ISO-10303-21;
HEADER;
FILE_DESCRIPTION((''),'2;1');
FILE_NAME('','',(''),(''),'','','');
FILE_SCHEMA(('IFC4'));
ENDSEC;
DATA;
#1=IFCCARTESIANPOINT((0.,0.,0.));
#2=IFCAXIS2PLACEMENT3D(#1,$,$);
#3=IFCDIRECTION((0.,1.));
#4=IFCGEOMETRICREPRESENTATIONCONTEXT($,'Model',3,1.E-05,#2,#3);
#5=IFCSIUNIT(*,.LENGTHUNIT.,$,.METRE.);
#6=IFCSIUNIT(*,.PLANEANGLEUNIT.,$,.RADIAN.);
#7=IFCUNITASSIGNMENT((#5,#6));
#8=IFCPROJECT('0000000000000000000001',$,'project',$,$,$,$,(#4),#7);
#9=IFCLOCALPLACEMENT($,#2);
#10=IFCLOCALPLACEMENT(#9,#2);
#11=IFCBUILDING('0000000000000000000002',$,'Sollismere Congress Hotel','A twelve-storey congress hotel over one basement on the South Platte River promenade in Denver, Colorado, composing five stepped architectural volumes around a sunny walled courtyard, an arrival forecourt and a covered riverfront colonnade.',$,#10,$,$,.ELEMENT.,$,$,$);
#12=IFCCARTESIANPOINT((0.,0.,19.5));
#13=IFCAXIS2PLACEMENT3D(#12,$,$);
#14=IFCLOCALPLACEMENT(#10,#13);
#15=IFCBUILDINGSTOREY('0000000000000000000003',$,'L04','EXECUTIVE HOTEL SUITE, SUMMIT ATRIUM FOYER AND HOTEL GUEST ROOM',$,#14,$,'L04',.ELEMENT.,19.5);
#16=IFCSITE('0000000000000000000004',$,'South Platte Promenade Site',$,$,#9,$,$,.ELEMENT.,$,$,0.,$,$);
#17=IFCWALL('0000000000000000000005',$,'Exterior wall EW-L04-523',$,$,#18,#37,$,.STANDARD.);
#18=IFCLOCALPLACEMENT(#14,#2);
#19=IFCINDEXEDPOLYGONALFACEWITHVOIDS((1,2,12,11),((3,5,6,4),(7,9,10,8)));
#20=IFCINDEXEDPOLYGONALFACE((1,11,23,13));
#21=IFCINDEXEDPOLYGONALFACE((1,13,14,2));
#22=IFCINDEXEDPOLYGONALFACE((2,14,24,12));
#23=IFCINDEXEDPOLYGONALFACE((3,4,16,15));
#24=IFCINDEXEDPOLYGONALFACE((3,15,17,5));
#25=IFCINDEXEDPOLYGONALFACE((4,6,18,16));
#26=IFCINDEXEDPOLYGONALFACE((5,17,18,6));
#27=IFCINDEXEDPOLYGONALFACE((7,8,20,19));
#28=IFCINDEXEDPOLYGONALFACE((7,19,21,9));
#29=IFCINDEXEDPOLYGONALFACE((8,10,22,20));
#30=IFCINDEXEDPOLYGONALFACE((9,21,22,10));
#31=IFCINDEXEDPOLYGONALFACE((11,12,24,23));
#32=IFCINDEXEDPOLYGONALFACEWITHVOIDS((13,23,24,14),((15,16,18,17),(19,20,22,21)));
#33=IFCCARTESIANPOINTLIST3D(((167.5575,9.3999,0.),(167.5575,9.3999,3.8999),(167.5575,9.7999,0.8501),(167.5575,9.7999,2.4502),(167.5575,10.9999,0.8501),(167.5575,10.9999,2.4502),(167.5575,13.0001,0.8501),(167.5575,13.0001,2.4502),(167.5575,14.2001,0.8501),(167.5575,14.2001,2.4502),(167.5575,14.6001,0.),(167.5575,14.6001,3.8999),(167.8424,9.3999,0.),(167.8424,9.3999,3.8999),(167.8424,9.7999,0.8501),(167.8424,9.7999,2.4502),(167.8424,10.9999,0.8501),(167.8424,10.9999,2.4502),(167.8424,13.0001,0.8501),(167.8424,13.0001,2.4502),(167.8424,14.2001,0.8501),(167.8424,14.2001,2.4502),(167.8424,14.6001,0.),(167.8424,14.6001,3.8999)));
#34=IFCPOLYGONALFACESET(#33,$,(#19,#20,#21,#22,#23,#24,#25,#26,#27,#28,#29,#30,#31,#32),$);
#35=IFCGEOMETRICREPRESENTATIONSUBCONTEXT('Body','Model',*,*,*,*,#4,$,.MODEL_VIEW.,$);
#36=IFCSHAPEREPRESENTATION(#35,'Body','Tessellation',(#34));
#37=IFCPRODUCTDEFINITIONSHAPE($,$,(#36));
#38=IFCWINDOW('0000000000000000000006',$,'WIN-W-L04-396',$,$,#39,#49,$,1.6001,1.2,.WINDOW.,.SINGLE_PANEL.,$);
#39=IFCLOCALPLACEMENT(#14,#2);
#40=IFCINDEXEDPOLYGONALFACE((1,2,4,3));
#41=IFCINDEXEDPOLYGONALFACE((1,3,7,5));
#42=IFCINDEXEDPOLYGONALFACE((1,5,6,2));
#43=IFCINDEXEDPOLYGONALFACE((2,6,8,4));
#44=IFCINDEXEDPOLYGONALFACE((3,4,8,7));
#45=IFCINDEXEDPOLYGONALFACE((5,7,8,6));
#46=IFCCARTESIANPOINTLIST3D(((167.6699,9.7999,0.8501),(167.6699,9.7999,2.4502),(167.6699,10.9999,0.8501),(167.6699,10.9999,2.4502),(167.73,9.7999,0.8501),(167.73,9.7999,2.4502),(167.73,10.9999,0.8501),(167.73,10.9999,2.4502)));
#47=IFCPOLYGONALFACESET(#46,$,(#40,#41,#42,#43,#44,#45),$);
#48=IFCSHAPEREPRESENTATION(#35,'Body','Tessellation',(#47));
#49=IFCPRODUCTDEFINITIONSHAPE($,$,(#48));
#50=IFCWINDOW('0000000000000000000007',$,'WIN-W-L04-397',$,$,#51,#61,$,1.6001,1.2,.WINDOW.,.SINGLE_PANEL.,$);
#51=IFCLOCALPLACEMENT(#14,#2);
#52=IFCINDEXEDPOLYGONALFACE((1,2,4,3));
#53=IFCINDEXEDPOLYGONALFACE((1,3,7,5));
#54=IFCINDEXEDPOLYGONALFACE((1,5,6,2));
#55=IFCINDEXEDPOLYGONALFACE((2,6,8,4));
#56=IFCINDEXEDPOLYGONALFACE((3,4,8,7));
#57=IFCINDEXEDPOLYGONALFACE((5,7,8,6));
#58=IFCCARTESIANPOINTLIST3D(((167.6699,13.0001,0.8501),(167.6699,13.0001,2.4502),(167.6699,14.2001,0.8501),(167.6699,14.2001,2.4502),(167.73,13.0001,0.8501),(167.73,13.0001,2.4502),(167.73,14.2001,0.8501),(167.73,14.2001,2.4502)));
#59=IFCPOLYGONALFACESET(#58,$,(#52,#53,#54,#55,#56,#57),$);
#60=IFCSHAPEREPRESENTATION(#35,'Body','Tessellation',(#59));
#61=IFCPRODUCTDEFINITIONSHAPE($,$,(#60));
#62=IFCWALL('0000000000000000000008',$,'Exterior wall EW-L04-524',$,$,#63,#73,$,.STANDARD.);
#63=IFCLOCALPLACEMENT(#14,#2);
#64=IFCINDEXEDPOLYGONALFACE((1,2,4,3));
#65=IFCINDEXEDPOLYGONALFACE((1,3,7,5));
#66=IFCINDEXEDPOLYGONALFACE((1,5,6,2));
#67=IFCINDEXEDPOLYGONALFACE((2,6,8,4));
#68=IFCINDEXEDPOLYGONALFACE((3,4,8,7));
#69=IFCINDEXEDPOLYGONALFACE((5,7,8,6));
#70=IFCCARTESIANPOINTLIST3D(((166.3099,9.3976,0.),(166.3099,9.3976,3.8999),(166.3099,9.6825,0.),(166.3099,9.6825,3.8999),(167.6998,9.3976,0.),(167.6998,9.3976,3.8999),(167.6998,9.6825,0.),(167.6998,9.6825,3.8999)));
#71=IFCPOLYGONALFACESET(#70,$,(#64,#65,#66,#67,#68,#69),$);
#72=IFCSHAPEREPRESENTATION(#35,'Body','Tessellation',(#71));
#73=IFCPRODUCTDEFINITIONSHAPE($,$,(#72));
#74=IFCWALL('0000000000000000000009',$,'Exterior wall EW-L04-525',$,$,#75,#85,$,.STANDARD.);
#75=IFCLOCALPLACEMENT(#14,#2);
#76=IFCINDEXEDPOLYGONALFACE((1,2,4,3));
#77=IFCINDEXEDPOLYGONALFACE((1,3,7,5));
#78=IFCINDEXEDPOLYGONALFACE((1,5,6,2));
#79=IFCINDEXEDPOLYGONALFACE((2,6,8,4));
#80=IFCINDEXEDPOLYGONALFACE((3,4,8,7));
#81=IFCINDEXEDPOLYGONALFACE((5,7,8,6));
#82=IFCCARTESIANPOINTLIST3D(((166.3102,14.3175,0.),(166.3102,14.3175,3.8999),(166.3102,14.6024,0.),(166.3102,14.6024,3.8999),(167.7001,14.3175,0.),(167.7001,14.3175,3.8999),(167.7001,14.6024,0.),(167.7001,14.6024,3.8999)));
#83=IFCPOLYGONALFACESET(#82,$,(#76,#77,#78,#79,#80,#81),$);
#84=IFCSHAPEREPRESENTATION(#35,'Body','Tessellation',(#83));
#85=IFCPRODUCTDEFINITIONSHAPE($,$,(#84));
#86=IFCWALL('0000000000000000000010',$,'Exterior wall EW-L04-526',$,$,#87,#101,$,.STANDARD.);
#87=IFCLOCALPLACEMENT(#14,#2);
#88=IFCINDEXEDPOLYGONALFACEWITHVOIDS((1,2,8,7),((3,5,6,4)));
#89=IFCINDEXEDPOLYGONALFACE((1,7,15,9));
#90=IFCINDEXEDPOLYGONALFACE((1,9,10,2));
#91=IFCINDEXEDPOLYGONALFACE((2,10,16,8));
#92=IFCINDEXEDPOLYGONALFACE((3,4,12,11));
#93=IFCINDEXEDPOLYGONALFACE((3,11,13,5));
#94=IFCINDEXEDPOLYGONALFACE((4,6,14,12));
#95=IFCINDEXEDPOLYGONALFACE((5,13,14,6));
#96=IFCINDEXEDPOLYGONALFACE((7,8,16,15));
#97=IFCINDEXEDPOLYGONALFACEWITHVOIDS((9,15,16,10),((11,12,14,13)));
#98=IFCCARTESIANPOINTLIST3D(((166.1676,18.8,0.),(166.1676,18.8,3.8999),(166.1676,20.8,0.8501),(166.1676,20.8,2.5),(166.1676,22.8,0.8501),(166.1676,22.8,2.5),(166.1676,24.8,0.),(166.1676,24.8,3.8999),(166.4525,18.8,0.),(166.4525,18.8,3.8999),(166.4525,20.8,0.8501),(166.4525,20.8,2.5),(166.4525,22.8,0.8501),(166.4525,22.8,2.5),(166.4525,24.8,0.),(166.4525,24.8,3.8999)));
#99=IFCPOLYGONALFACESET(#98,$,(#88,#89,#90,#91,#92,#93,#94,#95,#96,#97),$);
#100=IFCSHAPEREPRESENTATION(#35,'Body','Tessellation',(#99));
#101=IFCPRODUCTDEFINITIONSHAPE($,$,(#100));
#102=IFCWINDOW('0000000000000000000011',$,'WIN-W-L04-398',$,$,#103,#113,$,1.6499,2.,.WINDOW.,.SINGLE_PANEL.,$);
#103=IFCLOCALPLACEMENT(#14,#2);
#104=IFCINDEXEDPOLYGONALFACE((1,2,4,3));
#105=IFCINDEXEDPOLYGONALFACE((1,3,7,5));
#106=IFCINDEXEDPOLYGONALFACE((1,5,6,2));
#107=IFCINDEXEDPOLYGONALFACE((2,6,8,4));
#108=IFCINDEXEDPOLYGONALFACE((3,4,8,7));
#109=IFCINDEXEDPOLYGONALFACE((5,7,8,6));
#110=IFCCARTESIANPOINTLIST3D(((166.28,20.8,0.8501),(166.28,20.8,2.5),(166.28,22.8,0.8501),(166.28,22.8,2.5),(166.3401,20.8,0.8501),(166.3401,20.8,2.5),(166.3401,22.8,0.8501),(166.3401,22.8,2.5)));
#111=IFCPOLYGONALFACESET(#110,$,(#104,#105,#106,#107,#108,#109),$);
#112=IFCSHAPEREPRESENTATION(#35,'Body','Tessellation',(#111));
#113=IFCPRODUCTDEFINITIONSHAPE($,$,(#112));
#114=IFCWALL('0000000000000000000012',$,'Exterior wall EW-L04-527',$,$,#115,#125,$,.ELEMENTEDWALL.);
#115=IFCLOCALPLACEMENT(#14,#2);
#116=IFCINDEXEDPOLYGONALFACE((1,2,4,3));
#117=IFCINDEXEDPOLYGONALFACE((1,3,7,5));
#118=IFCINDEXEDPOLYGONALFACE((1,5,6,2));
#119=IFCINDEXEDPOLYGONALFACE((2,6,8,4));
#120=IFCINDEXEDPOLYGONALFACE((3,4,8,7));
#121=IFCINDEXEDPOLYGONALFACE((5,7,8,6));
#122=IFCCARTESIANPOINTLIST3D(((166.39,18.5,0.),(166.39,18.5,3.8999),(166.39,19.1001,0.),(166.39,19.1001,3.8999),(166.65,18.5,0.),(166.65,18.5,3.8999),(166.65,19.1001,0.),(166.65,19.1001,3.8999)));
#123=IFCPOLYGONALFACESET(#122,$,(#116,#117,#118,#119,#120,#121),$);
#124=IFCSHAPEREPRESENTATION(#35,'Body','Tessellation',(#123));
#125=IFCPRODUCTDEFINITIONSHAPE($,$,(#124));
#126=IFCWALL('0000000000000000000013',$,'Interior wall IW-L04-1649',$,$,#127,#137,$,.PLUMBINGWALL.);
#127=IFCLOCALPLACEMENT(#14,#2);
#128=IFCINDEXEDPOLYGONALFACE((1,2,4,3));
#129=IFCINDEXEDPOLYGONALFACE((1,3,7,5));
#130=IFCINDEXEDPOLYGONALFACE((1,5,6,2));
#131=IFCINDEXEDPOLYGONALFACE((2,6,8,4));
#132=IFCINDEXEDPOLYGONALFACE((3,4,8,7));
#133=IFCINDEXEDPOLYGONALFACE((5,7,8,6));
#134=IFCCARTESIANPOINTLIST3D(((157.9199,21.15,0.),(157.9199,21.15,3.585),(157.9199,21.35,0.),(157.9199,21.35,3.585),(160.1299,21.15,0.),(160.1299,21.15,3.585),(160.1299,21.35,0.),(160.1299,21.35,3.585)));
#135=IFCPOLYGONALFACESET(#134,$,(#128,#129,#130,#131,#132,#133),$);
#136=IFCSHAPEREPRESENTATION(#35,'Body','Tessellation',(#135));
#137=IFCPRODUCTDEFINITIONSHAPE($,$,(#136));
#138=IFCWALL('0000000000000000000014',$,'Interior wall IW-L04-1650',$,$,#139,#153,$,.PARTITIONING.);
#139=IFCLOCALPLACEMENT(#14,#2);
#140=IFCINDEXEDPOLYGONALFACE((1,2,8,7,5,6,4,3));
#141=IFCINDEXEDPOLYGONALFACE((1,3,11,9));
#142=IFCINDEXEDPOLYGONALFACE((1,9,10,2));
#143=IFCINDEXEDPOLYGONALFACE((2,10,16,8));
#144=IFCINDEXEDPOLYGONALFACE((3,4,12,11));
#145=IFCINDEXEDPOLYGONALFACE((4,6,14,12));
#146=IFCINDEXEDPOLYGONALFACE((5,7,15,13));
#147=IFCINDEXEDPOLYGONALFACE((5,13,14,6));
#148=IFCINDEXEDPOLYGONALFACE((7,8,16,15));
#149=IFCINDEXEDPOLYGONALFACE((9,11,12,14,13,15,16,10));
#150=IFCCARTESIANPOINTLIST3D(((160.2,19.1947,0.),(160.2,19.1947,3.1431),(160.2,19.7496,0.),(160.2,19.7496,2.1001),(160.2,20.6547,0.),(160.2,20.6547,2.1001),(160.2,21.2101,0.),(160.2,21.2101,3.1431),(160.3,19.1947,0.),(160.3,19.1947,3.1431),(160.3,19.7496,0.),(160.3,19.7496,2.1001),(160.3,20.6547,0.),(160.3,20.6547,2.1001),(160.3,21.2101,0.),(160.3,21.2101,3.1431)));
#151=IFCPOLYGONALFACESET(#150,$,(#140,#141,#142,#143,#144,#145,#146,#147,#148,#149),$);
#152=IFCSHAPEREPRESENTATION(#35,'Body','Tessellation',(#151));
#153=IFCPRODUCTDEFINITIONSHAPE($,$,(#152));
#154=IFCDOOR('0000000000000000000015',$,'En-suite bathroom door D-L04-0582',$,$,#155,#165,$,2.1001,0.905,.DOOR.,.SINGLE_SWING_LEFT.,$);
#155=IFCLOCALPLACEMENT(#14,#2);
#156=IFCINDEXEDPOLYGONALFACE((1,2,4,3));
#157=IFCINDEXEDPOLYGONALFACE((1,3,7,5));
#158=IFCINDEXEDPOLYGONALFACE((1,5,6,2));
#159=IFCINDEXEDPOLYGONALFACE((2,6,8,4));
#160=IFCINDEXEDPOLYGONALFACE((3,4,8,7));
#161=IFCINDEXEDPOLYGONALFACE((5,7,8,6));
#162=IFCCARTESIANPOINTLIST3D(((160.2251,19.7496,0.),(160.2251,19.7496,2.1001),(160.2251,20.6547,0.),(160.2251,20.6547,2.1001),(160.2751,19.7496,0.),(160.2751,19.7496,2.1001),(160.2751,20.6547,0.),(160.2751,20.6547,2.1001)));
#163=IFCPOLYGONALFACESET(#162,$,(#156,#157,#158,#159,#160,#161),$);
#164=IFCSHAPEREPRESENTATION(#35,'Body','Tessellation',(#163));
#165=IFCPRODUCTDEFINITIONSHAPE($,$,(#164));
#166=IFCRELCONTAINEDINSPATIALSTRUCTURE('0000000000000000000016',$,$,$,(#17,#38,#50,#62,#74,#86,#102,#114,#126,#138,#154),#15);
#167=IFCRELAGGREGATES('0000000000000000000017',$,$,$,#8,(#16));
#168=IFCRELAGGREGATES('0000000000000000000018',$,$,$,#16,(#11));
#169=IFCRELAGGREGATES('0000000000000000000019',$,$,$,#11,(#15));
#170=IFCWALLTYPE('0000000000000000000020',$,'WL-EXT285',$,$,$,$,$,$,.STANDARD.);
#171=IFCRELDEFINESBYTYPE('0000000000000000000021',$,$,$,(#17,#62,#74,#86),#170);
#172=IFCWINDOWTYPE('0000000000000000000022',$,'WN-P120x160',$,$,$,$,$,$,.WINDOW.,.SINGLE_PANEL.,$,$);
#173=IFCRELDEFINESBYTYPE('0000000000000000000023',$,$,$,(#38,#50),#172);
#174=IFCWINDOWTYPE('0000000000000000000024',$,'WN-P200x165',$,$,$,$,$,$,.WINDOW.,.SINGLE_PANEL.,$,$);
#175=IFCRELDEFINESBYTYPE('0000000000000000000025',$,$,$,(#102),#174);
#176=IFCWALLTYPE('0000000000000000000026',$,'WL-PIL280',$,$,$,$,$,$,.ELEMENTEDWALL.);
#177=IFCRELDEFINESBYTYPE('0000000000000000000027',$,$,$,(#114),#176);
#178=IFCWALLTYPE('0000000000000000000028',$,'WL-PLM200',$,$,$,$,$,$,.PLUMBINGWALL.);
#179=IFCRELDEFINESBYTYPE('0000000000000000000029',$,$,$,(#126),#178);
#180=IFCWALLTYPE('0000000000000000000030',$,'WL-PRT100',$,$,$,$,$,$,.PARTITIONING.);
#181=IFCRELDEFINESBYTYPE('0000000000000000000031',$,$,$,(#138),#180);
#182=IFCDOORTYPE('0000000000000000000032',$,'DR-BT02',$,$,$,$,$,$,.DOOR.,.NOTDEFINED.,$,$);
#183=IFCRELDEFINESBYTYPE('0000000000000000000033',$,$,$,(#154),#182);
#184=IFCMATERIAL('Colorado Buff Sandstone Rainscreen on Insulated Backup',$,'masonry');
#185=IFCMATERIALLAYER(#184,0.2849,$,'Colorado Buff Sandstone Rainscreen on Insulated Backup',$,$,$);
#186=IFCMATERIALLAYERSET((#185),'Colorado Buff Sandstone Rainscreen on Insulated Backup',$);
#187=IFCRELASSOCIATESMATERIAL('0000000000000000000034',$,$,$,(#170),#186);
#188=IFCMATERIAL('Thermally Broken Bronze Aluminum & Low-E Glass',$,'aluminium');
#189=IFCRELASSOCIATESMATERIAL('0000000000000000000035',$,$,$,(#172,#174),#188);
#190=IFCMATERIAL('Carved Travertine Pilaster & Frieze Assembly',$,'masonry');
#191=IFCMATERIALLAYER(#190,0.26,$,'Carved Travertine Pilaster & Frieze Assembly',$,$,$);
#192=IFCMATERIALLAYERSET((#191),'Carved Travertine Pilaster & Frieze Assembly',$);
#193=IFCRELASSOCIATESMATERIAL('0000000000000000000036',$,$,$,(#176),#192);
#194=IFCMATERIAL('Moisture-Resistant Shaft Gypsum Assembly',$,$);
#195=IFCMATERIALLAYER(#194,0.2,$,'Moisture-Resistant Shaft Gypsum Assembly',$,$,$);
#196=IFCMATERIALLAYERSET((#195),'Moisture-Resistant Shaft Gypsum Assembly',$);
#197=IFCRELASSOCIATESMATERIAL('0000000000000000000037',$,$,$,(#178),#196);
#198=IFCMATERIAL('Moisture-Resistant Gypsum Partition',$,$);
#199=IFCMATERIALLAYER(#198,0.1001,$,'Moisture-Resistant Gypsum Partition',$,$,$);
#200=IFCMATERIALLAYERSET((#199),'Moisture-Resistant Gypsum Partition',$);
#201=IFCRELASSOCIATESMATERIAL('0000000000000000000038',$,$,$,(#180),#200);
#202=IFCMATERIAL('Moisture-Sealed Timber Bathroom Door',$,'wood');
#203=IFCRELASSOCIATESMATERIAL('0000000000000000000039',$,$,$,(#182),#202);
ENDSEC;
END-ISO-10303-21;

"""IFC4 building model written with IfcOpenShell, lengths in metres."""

from ifc_helpers import new_model, si_unit, direction, frame, frame_2d, origin, place, context, subcontext, project, spatial, rectangle, extrude, material, layer, layer_set, type_object, element, fill, save


model = new_model("IFC4")

# Units and contexts
model_context = context("Model", 3, precision=1e-05, world=origin(), true_north=direction((0.0, 1.0)))
body_context = subcontext(model_context, "Body", "Model", "MODEL_VIEW")
ifc_project = project(units=[si_unit("LENGTHUNIT", "METRE"), si_unit("PLANEANGLEUNIT", "RADIAN")], contexts=[model_context])

# Site, building, storey
site_placement = place(None, origin())
site = spatial("IfcSite", under=ifc_project, at=site_placement, Name="South Platte Promenade Site", CompositionType="ELEMENT", RefElevation=0.0)
building_placement = place(site_placement, origin())
building = spatial("IfcBuilding", under=site, at=building_placement, Name="Sollismere Congress Hotel", Description="A twelve-storey congress hotel over one basement on the South Platte River promenade in Denver, Colorado, composing five stepped architectural volumes around a sunny walled courtyard, an arrival forecourt and a covered riverfront colonnade.", CompositionType="ELEMENT")
storey_placement = place(building_placement, frame((0.0, 0.0, 19.5)))
storey = spatial("IfcBuildingStorey", under=building, at=storey_placement, Name="L04", Description="EXECUTIVE HOTEL SUITE, SUMMIT ATRIUM FOYER AND HOTEL GUEST ROOM", LongName="L04", CompositionType="ELEMENT", Elevation=19.5)

# Shared definitions
ifc_material_1 = material(Name="Colorado Buff Sandstone Rainscreen on Insulated Backup", Category="masonry")
ifc_layer_1 = layer(ifc_material_1, 0.2849, Name="Colorado Buff Sandstone Rainscreen on Insulated Backup")
ifc_layer_set_1 = layer_set([ifc_layer_1], Name="Colorado Buff Sandstone Rainscreen on Insulated Backup")
wall_type_1 = type_object("IfcWallType", Name="WL-EXT285", PredefinedType="STANDARD", material=ifc_layer_set_1)

# Shared definitions
ifc_material_2 = material(Name="Thermally Broken Bronze Aluminum & Low-E Glass", Category="aluminium")

# Wall, openings, windows
wall_1_placement = place(storey_placement, frame((167.7, 9.3999, 0.0), z_axis=(0.0, 0.0, 1.0), x_axis=(0.0, 1.0, 0.0)))
wall_1 = element("IfcWall", 1, at=wall_1_placement, inside=storey, type_object=wall_type_1, Name="Exterior wall EW-L04-523", PredefinedType="STANDARD", context=body_context, shape_type="SweptSolid", body=[
    extrude(rectangle(XDim=5.2002, YDim=0.2849, at=frame_2d((2.6001, 0.0))), origin(), (0.0, 0.0, 1.0), 3.8999),
])
opening_1_placement = place(wall_1_placement, frame((0.3999, 0.0, 0.8501)))
opening_1 = element("IfcOpeningElement", 2, at=opening_1_placement, cuts=wall_1, PredefinedType="OPENING", context=body_context, shape_type="SweptSolid", body=[
    extrude(rectangle(XDim=1.2, YDim=1.6001, at=frame_2d((0.6001, 0.8))), frame((0.0, 0.1523, 0.0), z_axis=(0.0, -1.0, 0.0), x_axis=(1.0, 0.0, 0.0)), (0.0, 0.0, 1.0), 0.3049),
])
opening_2_placement = place(wall_1_placement, frame((3.6001, 0.0, 0.8501)))
opening_2 = element("IfcOpeningElement", 3, at=opening_2_placement, cuts=wall_1, PredefinedType="OPENING", context=body_context, shape_type="SweptSolid", body=[
    extrude(rectangle(XDim=1.2, YDim=1.6001, at=frame_2d((0.6001, 0.8))), frame((0.0, 0.1523, 0.0), z_axis=(0.0, -1.0, 0.0), x_axis=(1.0, 0.0, 0.0)), (0.0, 0.0, 1.0), 0.3049),
])
window_type_1 = type_object("IfcWindowType", Name="WN-P120x160", PartitioningType="SINGLE_PANEL", PredefinedType="WINDOW", material=ifc_material_2)
window_1_placement = place(opening_1_placement, origin())
window_1 = element("IfcWindow", 4, at=window_1_placement, inside=storey, type_object=window_type_1, Name="WIN-W-L04-396", OverallHeight=1.6001, OverallWidth=1.2, PartitioningType="SINGLE_PANEL", PredefinedType="WINDOW", context=body_context, shape_type="SweptSolid", body=[
    extrude(rectangle(XDim=1.2, YDim=1.6001, at=frame_2d((0.6001, 0.8))), frame((0.0, 0.03, 0.0), z_axis=(0.0, -1.0, 0.0), x_axis=(1.0, 0.0, 0.0)), (0.0, 0.0, 1.0), 0.0601),
])
fill(opening_1, window_1)
window_2_placement = place(opening_2_placement, origin())
window_2 = element("IfcWindow", 5, at=window_2_placement, inside=storey, type_object=window_type_1, Name="WIN-W-L04-397", OverallHeight=1.6001, OverallWidth=1.2, PartitioningType="SINGLE_PANEL", PredefinedType="WINDOW", context=body_context, shape_type="SweptSolid", body=[
    extrude(rectangle(XDim=1.2, YDim=1.6001, at=frame_2d((0.6001, 0.8))), frame((0.0, 0.03, 0.0), z_axis=(0.0, -1.0, 0.0), x_axis=(1.0, 0.0, 0.0)), (0.0, 0.0, 1.0), 0.0601),
])
fill(opening_2, window_2)

# Walls
for number, where, z_axis, x_axis, name in (
    (6, (166.3101, 9.54, 0.0), (0.0, 0.0, 1.0), (1.0, 0.0, 0.0), "Exterior wall EW-L04-524"),
    (7, (167.7, 14.46, 0.0), (0.0, 0.0, 1.0), (-1.0, 0.0, 0.0), "Exterior wall EW-L04-525"),
):
    element("IfcWall", number, at=place(storey_placement, frame(where, z_axis=z_axis, x_axis=x_axis)), inside=storey, type_object=wall_type_1, Name=name, PredefinedType="STANDARD", context=body_context, shape_type="SweptSolid", body=[
        extrude(rectangle(XDim=1.3899, YDim=0.2849, at=frame_2d((0.6948, 0.0))), origin(), (0.0, 0.0, 1.0), 3.8999),
    ])

# Wall, opening, window
wall_2_placement = place(storey_placement, frame((166.3101, 18.8, 0.0), z_axis=(0.0, 0.0, 1.0), x_axis=(0.0, 1.0, 0.0)))
wall_2 = element("IfcWall", 8, at=wall_2_placement, inside=storey, type_object=wall_type_1, Name="Exterior wall EW-L04-526", PredefinedType="STANDARD", context=body_context, shape_type="SweptSolid", body=[
    extrude(rectangle(XDim=6.0, YDim=0.2849, at=frame_2d((3.0, 0.0))), origin(), (0.0, 0.0, 1.0), 3.8999),
])
opening_3_placement = place(wall_2_placement, frame((2.0, 0.0, 0.8501)))
opening_3 = element("IfcOpeningElement", 9, at=opening_3_placement, cuts=wall_2, PredefinedType="OPENING", context=body_context, shape_type="SweptSolid", body=[
    extrude(rectangle(XDim=2.0, YDim=1.6499, at=frame_2d((1.0, 0.825))), frame((0.0, 0.1523, 0.0), z_axis=(0.0, -1.0, 0.0), x_axis=(1.0, 0.0, 0.0)), (0.0, 0.0, 1.0), 0.3049),
])
window_type_2 = type_object("IfcWindowType", Name="WN-P200x165", PartitioningType="SINGLE_PANEL", PredefinedType="WINDOW", material=ifc_material_2)
window_3_placement = place(opening_3_placement, origin())
window_3 = element("IfcWindow", 10, at=window_3_placement, inside=storey, type_object=window_type_2, Name="WIN-W-L04-398", OverallHeight=1.6499, OverallWidth=2.0, PartitioningType="SINGLE_PANEL", PredefinedType="WINDOW", context=body_context, shape_type="SweptSolid", body=[
    extrude(rectangle(XDim=2.0, YDim=1.6499, at=frame_2d((1.0, 0.825))), frame((0.0, 0.03, 0.0), z_axis=(0.0, -1.0, 0.0), x_axis=(1.0, 0.0, 0.0)), (0.0, 0.0, 1.0), 0.0601),
])
fill(opening_3, window_3)

# Walls
ifc_material_3 = material(Name="Carved Travertine Pilaster & Frieze Assembly", Category="masonry")
ifc_layer_2 = layer(ifc_material_3, 0.26, Name="Carved Travertine Pilaster & Frieze Assembly")
ifc_layer_set_2 = layer_set([ifc_layer_2], Name="Carved Travertine Pilaster & Frieze Assembly")
wall_type_2 = type_object("IfcWallType", Name="WL-PIL280", PredefinedType="ELEMENTEDWALL", material=ifc_layer_set_2)
wall_3_placement = place(storey_placement, frame((166.52, 18.5, 0.0), z_axis=(0.0, 0.0, 1.0), x_axis=(0.0, 1.0, 0.0)))
element("IfcWall", 11, at=wall_3_placement, inside=storey, type_object=wall_type_2, Name="Exterior wall EW-L04-527", PredefinedType="ELEMENTEDWALL", context=body_context, shape_type="SweptSolid", body=[
    extrude(rectangle(XDim=0.6001, YDim=0.26, at=frame_2d((0.3, 0.0))), origin(), (0.0, 0.0, 1.0), 3.8999),
])
ifc_material_4 = material(Name="Moisture-Resistant Shaft Gypsum Assembly")
ifc_layer_3 = layer(ifc_material_4, 0.2, Name="Moisture-Resistant Shaft Gypsum Assembly")
ifc_layer_set_3 = layer_set([ifc_layer_3], Name="Moisture-Resistant Shaft Gypsum Assembly")
wall_type_3 = type_object("IfcWallType", Name="WL-PLM200", PredefinedType="PLUMBINGWALL", material=ifc_layer_set_3)
wall_4_placement = place(storey_placement, frame((157.9199, 21.25, 0.0), z_axis=(0.0, 0.0, 1.0), x_axis=(1.0, 0.0, 0.0)))
element("IfcWall", 12, at=wall_4_placement, inside=storey, type_object=wall_type_3, Name="Interior wall IW-L04-1649", PredefinedType="PLUMBINGWALL", context=body_context, shape_type="SweptSolid", body=[
    extrude(rectangle(XDim=2.21, YDim=0.2, at=frame_2d((1.105, 0.0))), origin(), (0.0, 0.0, 1.0), 3.585),
])

# Wall, opening, door
ifc_material_5 = material(Name="Moisture-Resistant Gypsum Partition")
ifc_layer_4 = layer(ifc_material_5, 0.1001, Name="Moisture-Resistant Gypsum Partition")
ifc_layer_set_4 = layer_set([ifc_layer_4], Name="Moisture-Resistant Gypsum Partition")
wall_type_4 = type_object("IfcWallType", Name="WL-PRT100", PredefinedType="PARTITIONING", material=ifc_layer_set_4)
wall_5_placement = place(storey_placement, frame((160.25, 19.1946, 0.0), z_axis=(0.0, 0.0, 1.0), x_axis=(0.0, 1.0, 0.0)))
wall_5 = element("IfcWall", 13, at=wall_5_placement, inside=storey, type_object=wall_type_4, Name="Interior wall IW-L04-1650", PredefinedType="PARTITIONING", context=body_context, shape_type="SweptSolid", body=[
    extrude(rectangle(XDim=2.0154, YDim=0.1001, at=frame_2d((1.0078, 0.0))), origin(), (0.0, 0.0, 1.0), 3.1431),
])
opening_4_placement = place(wall_5_placement, frame((0.5549, 0.0, 0.0)))
opening_4 = element("IfcOpeningElement", 14, at=opening_4_placement, cuts=wall_5, PredefinedType="OPENING", context=body_context, shape_type="SweptSolid", body=[
    extrude(rectangle(XDim=0.905, YDim=2.1001, at=frame_2d((0.4526, 1.05))), frame((0.0, 0.0601, 0.0), z_axis=(0.0, -1.0, 0.0), x_axis=(1.0, 0.0, 0.0)), (0.0, 0.0, 1.0), 0.1201),
])
ifc_material_6 = material(Name="Moisture-Sealed Timber Bathroom Door", Category="wood")
door_type_1 = type_object("IfcDoorType", Name="DR-BT02", OperationType="NOTDEFINED", PredefinedType="DOOR", material=ifc_material_6)
door_1_placement = place(opening_4_placement, origin())
door_1 = element("IfcDoor", 15, at=door_1_placement, inside=storey, type_object=door_type_1, Name="En-suite bathroom door D-L04-0582", OperationType="SINGLE_SWING_LEFT", OverallHeight=2.1001, OverallWidth=0.905, PredefinedType="DOOR", context=body_context, shape_type="SweptSolid", body=[
    extrude(rectangle(XDim=0.905, YDim=2.1001, at=frame_2d((0.4526, 1.05))), frame((0.0, 0.0249, 0.0), z_axis=(0.0, -1.0, 0.0), x_axis=(1.0, 0.0, 0.0)), (0.0, 0.0, 1.0), 0.05),
])
fill(opening_4, door_1)

save(model, "model.ifc")
